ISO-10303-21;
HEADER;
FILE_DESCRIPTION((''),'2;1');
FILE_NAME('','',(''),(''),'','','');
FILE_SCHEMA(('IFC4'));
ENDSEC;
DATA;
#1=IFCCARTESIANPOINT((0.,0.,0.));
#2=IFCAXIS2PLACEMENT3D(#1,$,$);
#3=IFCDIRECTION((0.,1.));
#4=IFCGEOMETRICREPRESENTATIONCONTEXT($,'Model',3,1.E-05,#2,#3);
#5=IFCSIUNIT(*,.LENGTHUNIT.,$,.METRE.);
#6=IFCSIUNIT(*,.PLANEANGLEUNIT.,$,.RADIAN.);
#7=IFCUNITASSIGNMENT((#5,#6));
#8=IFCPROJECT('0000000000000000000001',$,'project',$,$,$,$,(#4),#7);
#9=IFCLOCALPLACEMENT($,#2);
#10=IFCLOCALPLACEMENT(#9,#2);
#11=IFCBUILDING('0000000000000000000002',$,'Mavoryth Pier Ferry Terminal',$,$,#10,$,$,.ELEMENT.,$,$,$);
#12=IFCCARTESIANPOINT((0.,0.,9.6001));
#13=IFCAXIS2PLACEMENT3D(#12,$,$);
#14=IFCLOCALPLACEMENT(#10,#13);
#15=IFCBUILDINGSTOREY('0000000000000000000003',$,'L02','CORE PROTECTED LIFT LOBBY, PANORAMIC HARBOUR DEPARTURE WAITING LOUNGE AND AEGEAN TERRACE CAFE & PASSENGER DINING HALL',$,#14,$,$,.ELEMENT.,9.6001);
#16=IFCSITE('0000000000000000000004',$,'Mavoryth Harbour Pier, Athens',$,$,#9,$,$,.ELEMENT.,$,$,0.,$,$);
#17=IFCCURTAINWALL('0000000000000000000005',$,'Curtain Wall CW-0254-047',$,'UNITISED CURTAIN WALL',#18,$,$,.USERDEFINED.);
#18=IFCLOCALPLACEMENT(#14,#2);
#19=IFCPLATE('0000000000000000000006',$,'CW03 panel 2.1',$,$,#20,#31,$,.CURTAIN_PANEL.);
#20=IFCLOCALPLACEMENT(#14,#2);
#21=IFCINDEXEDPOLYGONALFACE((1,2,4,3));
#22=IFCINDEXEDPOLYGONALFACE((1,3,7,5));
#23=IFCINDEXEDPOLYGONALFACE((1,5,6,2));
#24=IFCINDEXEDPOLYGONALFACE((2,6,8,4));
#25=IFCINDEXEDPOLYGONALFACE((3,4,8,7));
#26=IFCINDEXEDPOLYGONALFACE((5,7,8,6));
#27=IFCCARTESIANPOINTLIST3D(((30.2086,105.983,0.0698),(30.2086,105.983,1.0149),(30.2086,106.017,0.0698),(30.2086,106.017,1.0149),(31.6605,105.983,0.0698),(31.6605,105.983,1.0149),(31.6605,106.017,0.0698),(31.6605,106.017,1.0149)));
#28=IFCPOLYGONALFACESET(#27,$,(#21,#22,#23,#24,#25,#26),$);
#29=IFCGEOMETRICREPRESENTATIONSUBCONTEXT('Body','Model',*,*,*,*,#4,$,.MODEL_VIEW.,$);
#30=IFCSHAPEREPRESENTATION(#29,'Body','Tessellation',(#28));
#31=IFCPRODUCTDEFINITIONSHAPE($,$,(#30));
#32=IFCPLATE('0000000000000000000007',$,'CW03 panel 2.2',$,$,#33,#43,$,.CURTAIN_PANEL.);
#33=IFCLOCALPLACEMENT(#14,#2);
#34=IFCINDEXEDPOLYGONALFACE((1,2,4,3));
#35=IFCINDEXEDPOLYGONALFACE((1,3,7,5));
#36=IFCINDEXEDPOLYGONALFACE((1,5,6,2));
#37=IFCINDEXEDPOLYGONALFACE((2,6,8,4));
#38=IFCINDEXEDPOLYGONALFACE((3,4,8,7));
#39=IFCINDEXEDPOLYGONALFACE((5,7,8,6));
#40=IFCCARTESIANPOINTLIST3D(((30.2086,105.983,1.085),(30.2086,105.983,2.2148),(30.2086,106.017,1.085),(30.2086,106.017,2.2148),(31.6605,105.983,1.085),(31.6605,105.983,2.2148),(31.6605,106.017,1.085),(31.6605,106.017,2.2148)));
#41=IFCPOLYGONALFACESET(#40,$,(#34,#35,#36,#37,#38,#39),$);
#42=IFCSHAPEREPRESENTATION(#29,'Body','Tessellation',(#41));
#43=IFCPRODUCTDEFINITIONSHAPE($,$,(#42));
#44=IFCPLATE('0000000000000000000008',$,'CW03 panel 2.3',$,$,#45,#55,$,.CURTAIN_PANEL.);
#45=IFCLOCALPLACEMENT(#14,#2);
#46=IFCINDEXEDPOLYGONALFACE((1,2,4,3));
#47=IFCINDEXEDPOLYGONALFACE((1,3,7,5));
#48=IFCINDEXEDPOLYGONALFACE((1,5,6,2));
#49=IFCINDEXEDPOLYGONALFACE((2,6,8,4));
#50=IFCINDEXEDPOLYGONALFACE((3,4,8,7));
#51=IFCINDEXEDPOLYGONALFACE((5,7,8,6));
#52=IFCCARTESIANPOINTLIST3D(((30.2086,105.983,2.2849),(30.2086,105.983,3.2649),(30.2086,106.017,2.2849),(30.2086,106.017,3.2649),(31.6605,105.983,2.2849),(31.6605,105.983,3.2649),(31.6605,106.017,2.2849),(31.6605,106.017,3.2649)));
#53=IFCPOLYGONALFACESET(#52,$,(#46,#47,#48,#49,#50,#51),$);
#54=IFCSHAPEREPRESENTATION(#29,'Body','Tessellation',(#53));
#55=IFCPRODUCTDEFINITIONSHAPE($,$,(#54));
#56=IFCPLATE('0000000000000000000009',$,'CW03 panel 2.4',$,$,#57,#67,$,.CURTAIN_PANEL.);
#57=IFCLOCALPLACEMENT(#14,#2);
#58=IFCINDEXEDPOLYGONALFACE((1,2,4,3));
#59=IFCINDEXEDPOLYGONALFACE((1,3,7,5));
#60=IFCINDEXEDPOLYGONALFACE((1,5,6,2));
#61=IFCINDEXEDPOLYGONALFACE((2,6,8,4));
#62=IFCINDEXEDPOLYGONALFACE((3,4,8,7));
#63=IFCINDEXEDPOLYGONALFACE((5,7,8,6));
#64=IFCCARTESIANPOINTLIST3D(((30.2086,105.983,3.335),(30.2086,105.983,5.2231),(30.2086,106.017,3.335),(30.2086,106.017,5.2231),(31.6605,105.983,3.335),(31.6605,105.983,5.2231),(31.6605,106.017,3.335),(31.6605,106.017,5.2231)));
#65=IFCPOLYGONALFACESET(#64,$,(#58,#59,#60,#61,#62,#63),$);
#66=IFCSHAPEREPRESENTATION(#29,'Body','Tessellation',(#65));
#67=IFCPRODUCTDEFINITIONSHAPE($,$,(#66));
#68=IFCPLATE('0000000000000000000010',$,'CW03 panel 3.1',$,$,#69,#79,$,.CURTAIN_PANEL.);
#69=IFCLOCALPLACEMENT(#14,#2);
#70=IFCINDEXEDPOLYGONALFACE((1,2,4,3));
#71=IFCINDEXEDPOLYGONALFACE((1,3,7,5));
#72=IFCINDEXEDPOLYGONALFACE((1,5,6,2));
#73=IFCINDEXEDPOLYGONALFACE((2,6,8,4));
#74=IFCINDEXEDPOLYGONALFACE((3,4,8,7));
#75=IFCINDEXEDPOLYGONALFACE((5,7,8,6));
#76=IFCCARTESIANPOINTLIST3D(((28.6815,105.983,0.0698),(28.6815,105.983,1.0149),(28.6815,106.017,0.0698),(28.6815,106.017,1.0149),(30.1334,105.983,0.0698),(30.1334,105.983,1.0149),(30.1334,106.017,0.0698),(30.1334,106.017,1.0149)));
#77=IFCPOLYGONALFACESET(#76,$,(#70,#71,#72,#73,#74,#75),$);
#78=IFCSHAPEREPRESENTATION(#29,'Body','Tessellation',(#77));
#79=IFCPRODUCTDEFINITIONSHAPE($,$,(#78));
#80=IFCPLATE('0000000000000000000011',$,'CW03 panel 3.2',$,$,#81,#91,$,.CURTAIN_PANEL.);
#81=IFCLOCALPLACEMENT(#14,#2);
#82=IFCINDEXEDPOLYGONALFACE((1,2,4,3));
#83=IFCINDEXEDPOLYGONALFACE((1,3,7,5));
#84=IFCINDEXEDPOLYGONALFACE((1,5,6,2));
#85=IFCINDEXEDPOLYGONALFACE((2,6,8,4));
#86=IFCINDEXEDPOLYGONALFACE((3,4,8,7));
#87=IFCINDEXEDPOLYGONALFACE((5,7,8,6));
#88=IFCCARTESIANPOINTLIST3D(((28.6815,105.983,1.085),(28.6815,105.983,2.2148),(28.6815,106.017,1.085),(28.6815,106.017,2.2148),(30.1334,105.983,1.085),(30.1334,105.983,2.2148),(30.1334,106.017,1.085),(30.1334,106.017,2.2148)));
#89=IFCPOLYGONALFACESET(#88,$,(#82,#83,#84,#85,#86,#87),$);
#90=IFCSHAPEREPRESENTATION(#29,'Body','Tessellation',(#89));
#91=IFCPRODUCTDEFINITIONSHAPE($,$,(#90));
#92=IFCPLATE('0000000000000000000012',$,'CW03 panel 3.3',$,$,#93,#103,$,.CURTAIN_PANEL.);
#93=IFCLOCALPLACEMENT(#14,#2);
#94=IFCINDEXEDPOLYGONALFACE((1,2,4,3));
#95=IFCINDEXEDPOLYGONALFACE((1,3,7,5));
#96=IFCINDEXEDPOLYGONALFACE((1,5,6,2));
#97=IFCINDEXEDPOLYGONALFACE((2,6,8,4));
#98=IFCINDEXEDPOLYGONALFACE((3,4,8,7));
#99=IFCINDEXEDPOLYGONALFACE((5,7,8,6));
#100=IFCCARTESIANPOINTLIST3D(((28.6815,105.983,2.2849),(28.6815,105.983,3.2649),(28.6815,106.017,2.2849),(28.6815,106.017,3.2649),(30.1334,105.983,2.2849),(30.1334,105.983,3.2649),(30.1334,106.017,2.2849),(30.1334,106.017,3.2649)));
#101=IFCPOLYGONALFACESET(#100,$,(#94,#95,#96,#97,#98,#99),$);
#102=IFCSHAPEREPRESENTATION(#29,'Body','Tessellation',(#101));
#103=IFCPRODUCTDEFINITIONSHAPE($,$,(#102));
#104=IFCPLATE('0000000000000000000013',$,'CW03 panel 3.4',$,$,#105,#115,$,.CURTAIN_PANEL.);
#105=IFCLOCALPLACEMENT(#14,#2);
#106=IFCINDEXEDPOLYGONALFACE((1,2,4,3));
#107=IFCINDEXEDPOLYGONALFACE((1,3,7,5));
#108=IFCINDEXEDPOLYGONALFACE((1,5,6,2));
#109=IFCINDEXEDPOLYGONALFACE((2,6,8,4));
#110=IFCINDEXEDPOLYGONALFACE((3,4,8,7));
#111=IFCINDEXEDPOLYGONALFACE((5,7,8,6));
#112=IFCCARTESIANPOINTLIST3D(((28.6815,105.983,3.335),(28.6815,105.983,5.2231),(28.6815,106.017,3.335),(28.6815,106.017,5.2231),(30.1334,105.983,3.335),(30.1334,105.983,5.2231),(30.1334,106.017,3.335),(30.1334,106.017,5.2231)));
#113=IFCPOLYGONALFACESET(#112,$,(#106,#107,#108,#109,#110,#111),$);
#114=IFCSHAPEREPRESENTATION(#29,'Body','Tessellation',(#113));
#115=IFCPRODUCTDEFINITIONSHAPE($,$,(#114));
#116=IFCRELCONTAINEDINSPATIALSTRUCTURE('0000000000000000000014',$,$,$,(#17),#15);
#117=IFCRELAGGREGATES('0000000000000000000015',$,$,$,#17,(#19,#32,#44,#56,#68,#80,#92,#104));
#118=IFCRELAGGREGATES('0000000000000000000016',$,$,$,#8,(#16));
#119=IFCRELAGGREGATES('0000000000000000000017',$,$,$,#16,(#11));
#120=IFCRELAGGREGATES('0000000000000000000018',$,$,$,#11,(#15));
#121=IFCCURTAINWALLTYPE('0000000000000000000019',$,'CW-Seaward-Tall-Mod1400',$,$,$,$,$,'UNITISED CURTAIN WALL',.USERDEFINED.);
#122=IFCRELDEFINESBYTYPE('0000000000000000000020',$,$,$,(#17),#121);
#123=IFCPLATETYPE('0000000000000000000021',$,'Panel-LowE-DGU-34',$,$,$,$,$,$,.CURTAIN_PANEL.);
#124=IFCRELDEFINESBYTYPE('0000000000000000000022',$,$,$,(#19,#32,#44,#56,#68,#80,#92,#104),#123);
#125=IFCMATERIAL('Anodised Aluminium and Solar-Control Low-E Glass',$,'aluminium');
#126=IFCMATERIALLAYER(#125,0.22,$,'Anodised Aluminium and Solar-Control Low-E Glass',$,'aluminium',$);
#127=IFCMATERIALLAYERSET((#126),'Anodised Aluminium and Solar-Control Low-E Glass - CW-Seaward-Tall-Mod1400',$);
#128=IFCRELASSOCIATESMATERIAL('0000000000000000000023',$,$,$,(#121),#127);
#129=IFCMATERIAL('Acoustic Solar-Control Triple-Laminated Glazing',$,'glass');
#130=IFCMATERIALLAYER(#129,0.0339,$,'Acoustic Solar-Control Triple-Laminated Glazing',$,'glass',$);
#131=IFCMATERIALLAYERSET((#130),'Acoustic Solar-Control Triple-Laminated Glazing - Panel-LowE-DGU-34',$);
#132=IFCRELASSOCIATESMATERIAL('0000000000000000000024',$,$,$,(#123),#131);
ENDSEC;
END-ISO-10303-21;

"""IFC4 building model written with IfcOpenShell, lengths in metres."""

from ifc_helpers import new_model, si_unit, direction, frame, origin, origin_2d, place, context, subcontext, project, spatial, rectangle, extrude, material, layer, layer_set, type_object, element, aggregate, save


model = new_model("IFC4")

# Units and contexts
model_context = context("Model", 3, precision=1e-05, world=origin(), true_north=direction((0.0, 1.0)))
body_context = subcontext(model_context, "Body", "Model", "MODEL_VIEW")
ifc_project = project(units=[si_unit("LENGTHUNIT", "METRE"), si_unit("PLANEANGLEUNIT", "RADIAN")], contexts=[model_context])

# Site, building, storey
site_placement = place(None, origin())
site = spatial("IfcSite", under=ifc_project, at=site_placement, Name="Mavoryth Harbour Pier, Athens", CompositionType="ELEMENT", RefElevation=0.0)
building_placement = place(site_placement, origin())
building = spatial("IfcBuilding", under=site, at=building_placement, Name="Mavoryth Pier Ferry Terminal", CompositionType="ELEMENT")
storey_placement = place(building_placement, frame((0.0, 0.0, 9.6001)))
storey = spatial("IfcBuildingStorey", under=building, at=storey_placement, Name="L02", Description="CORE PROTECTED LIFT LOBBY, PANORAMIC HARBOUR DEPARTURE WAITING LOUNGE AND AEGEAN TERRACE CAFE & PASSENGER DINING HALL", CompositionType="ELEMENT", Elevation=9.6001)

# Curtain wall
ifc_material_1 = material(Name="Anodised Aluminium and Solar-Control Low-E Glass", Category="aluminium")
ifc_layer_1 = layer(ifc_material_1, 0.22, Name="Anodised Aluminium and Solar-Control Low-E Glass", Category="aluminium")
ifc_layer_set_1 = layer_set([ifc_layer_1], Name="Anodised Aluminium and Solar-Control Low-E Glass - CW-Seaward-Tall-Mod1400")
curtain_wall_type = type_object("IfcCurtainWallType", Name="CW-Seaward-Tall-Mod1400", ElementType="UNITISED CURTAIN WALL", PredefinedType="USERDEFINED", material=ifc_layer_set_1)
curtain_wall_placement = place(storey_placement, origin())
curtain_wall = element("IfcCurtainWall", 1, at=curtain_wall_placement, inside=storey, type_object=curtain_wall_type, Name="Curtain Wall CW-0254-047", ObjectType="UNITISED CURTAIN WALL", PredefinedType="USERDEFINED")

# Plates
ifc_material_2 = material(Name="Acoustic Solar-Control Triple-Laminated Glazing", Category="glass")
ifc_layer_2 = layer(ifc_material_2, 0.0339, Name="Acoustic Solar-Control Triple-Laminated Glazing", Category="glass")
ifc_layer_set_2 = layer_set([ifc_layer_2], Name="Acoustic Solar-Control Triple-Laminated Glazing - Panel-LowE-DGU-34")
plate_type = type_object("IfcPlateType", Name="Panel-LowE-DGU-34", PredefinedType="CURTAIN_PANEL", material=ifc_layer_set_2)
plate_1_placement = place(storey_placement, frame((30.9346, 106.0, 0.0698), z_axis=(0.0, 0.0, 1.0), x_axis=(-1.0, 0.0, 0.0)))
plate_1 = element("IfcPlate", 2, at=plate_1_placement, type_object=plate_type, Name="CW03 panel 2.1", PredefinedType="CURTAIN_PANEL", context=body_context, shape_type="SweptSolid", body=[
    extrude(rectangle(XDim=1.4519, YDim=0.0339, at=origin_2d()), origin(), (0.0, 0.0, 1.0), 0.9451),
])
plate_2_placement = place(storey_placement, frame((30.9346, 106.0, 1.085), z_axis=(0.0, 0.0, 1.0), x_axis=(-1.0, 0.0, 0.0)))
plate_2 = element("IfcPlate", 3, at=plate_2_placement, type_object=plate_type, Name="CW03 panel 2.2", PredefinedType="CURTAIN_PANEL", context=body_context, shape_type="SweptSolid", body=[
    extrude(rectangle(XDim=1.4519, YDim=0.0339, at=origin_2d()), origin(), (0.0, 0.0, 1.0), 1.1299),
])
plate_3_placement = place(storey_placement, frame((30.9346, 106.0, 2.2849), z_axis=(0.0, 0.0, 1.0), x_axis=(-1.0, 0.0, 0.0)))
plate_3 = element("IfcPlate", 4, at=plate_3_placement, type_object=plate_type, Name="CW03 panel 2.3", PredefinedType="CURTAIN_PANEL", context=body_context, shape_type="SweptSolid", body=[
    extrude(rectangle(XDim=1.4519, YDim=0.0339, at=origin_2d()), origin(), (0.0, 0.0, 1.0), 0.98),
])
plate_4_placement = place(storey_placement, frame((30.9346, 106.0, 3.335), z_axis=(0.0, 0.0, 1.0), x_axis=(-1.0, 0.0, 0.0)))
plate_4 = element("IfcPlate", 5, at=plate_4_placement, type_object=plate_type, Name="CW03 panel 2.4", PredefinedType="CURTAIN_PANEL", context=body_context, shape_type="SweptSolid", body=[
    extrude(rectangle(XDim=1.4519, YDim=0.0339, at=origin_2d()), origin(), (0.0, 0.0, 1.0), 1.8882),
])
plate_5_placement = place(storey_placement, frame((29.4075, 106.0, 0.0698), z_axis=(0.0, 0.0, 1.0), x_axis=(-1.0, 0.0, 0.0)))
plate_5 = element("IfcPlate", 6, at=plate_5_placement, type_object=plate_type, Name="CW03 panel 3.1", PredefinedType="CURTAIN_PANEL", context=body_context, shape_type="SweptSolid", body=[
    extrude(rectangle(XDim=1.4519, YDim=0.0339, at=origin_2d()), origin(), (0.0, 0.0, 1.0), 0.9451),
])
plate_6_placement = place(storey_placement, frame((29.4075, 106.0, 1.085), z_axis=(0.0, 0.0, 1.0), x_axis=(-1.0, 0.0, 0.0)))
plate_6 = element("IfcPlate", 7, at=plate_6_placement, type_object=plate_type, Name="CW03 panel 3.2", PredefinedType="CURTAIN_PANEL", context=body_context, shape_type="SweptSolid", body=[
    extrude(rectangle(XDim=1.4519, YDim=0.0339, at=origin_2d()), origin(), (0.0, 0.0, 1.0), 1.1299),
])
plate_7_placement = place(storey_placement, frame((29.4075, 106.0, 2.2849), z_axis=(0.0, 0.0, 1.0), x_axis=(-1.0, 0.0, 0.0)))
plate_7 = element("IfcPlate", 8, at=plate_7_placement, type_object=plate_type, Name="CW03 panel 3.3", PredefinedType="CURTAIN_PANEL", context=body_context, shape_type="SweptSolid", body=[
    extrude(rectangle(XDim=1.4519, YDim=0.0339, at=origin_2d()), origin(), (0.0, 0.0, 1.0), 0.98),
])
plate_8_placement = place(storey_placement, frame((29.4075, 106.0, 3.335), z_axis=(0.0, 0.0, 1.0), x_axis=(-1.0, 0.0, 0.0)))
plate_8 = element("IfcPlate", 9, at=plate_8_placement, type_object=plate_type, Name="CW03 panel 3.4", PredefinedType="CURTAIN_PANEL", context=body_context, shape_type="SweptSolid", body=[
    extrude(rectangle(XDim=1.4519, YDim=0.0339, at=origin_2d()), origin(), (0.0, 0.0, 1.0), 1.8882),
])
aggregate(curtain_wall, [plate_1, plate_2, plate_3, plate_4, plate_5, plate_6, plate_7, plate_8])

save(model, "model.ifc")
